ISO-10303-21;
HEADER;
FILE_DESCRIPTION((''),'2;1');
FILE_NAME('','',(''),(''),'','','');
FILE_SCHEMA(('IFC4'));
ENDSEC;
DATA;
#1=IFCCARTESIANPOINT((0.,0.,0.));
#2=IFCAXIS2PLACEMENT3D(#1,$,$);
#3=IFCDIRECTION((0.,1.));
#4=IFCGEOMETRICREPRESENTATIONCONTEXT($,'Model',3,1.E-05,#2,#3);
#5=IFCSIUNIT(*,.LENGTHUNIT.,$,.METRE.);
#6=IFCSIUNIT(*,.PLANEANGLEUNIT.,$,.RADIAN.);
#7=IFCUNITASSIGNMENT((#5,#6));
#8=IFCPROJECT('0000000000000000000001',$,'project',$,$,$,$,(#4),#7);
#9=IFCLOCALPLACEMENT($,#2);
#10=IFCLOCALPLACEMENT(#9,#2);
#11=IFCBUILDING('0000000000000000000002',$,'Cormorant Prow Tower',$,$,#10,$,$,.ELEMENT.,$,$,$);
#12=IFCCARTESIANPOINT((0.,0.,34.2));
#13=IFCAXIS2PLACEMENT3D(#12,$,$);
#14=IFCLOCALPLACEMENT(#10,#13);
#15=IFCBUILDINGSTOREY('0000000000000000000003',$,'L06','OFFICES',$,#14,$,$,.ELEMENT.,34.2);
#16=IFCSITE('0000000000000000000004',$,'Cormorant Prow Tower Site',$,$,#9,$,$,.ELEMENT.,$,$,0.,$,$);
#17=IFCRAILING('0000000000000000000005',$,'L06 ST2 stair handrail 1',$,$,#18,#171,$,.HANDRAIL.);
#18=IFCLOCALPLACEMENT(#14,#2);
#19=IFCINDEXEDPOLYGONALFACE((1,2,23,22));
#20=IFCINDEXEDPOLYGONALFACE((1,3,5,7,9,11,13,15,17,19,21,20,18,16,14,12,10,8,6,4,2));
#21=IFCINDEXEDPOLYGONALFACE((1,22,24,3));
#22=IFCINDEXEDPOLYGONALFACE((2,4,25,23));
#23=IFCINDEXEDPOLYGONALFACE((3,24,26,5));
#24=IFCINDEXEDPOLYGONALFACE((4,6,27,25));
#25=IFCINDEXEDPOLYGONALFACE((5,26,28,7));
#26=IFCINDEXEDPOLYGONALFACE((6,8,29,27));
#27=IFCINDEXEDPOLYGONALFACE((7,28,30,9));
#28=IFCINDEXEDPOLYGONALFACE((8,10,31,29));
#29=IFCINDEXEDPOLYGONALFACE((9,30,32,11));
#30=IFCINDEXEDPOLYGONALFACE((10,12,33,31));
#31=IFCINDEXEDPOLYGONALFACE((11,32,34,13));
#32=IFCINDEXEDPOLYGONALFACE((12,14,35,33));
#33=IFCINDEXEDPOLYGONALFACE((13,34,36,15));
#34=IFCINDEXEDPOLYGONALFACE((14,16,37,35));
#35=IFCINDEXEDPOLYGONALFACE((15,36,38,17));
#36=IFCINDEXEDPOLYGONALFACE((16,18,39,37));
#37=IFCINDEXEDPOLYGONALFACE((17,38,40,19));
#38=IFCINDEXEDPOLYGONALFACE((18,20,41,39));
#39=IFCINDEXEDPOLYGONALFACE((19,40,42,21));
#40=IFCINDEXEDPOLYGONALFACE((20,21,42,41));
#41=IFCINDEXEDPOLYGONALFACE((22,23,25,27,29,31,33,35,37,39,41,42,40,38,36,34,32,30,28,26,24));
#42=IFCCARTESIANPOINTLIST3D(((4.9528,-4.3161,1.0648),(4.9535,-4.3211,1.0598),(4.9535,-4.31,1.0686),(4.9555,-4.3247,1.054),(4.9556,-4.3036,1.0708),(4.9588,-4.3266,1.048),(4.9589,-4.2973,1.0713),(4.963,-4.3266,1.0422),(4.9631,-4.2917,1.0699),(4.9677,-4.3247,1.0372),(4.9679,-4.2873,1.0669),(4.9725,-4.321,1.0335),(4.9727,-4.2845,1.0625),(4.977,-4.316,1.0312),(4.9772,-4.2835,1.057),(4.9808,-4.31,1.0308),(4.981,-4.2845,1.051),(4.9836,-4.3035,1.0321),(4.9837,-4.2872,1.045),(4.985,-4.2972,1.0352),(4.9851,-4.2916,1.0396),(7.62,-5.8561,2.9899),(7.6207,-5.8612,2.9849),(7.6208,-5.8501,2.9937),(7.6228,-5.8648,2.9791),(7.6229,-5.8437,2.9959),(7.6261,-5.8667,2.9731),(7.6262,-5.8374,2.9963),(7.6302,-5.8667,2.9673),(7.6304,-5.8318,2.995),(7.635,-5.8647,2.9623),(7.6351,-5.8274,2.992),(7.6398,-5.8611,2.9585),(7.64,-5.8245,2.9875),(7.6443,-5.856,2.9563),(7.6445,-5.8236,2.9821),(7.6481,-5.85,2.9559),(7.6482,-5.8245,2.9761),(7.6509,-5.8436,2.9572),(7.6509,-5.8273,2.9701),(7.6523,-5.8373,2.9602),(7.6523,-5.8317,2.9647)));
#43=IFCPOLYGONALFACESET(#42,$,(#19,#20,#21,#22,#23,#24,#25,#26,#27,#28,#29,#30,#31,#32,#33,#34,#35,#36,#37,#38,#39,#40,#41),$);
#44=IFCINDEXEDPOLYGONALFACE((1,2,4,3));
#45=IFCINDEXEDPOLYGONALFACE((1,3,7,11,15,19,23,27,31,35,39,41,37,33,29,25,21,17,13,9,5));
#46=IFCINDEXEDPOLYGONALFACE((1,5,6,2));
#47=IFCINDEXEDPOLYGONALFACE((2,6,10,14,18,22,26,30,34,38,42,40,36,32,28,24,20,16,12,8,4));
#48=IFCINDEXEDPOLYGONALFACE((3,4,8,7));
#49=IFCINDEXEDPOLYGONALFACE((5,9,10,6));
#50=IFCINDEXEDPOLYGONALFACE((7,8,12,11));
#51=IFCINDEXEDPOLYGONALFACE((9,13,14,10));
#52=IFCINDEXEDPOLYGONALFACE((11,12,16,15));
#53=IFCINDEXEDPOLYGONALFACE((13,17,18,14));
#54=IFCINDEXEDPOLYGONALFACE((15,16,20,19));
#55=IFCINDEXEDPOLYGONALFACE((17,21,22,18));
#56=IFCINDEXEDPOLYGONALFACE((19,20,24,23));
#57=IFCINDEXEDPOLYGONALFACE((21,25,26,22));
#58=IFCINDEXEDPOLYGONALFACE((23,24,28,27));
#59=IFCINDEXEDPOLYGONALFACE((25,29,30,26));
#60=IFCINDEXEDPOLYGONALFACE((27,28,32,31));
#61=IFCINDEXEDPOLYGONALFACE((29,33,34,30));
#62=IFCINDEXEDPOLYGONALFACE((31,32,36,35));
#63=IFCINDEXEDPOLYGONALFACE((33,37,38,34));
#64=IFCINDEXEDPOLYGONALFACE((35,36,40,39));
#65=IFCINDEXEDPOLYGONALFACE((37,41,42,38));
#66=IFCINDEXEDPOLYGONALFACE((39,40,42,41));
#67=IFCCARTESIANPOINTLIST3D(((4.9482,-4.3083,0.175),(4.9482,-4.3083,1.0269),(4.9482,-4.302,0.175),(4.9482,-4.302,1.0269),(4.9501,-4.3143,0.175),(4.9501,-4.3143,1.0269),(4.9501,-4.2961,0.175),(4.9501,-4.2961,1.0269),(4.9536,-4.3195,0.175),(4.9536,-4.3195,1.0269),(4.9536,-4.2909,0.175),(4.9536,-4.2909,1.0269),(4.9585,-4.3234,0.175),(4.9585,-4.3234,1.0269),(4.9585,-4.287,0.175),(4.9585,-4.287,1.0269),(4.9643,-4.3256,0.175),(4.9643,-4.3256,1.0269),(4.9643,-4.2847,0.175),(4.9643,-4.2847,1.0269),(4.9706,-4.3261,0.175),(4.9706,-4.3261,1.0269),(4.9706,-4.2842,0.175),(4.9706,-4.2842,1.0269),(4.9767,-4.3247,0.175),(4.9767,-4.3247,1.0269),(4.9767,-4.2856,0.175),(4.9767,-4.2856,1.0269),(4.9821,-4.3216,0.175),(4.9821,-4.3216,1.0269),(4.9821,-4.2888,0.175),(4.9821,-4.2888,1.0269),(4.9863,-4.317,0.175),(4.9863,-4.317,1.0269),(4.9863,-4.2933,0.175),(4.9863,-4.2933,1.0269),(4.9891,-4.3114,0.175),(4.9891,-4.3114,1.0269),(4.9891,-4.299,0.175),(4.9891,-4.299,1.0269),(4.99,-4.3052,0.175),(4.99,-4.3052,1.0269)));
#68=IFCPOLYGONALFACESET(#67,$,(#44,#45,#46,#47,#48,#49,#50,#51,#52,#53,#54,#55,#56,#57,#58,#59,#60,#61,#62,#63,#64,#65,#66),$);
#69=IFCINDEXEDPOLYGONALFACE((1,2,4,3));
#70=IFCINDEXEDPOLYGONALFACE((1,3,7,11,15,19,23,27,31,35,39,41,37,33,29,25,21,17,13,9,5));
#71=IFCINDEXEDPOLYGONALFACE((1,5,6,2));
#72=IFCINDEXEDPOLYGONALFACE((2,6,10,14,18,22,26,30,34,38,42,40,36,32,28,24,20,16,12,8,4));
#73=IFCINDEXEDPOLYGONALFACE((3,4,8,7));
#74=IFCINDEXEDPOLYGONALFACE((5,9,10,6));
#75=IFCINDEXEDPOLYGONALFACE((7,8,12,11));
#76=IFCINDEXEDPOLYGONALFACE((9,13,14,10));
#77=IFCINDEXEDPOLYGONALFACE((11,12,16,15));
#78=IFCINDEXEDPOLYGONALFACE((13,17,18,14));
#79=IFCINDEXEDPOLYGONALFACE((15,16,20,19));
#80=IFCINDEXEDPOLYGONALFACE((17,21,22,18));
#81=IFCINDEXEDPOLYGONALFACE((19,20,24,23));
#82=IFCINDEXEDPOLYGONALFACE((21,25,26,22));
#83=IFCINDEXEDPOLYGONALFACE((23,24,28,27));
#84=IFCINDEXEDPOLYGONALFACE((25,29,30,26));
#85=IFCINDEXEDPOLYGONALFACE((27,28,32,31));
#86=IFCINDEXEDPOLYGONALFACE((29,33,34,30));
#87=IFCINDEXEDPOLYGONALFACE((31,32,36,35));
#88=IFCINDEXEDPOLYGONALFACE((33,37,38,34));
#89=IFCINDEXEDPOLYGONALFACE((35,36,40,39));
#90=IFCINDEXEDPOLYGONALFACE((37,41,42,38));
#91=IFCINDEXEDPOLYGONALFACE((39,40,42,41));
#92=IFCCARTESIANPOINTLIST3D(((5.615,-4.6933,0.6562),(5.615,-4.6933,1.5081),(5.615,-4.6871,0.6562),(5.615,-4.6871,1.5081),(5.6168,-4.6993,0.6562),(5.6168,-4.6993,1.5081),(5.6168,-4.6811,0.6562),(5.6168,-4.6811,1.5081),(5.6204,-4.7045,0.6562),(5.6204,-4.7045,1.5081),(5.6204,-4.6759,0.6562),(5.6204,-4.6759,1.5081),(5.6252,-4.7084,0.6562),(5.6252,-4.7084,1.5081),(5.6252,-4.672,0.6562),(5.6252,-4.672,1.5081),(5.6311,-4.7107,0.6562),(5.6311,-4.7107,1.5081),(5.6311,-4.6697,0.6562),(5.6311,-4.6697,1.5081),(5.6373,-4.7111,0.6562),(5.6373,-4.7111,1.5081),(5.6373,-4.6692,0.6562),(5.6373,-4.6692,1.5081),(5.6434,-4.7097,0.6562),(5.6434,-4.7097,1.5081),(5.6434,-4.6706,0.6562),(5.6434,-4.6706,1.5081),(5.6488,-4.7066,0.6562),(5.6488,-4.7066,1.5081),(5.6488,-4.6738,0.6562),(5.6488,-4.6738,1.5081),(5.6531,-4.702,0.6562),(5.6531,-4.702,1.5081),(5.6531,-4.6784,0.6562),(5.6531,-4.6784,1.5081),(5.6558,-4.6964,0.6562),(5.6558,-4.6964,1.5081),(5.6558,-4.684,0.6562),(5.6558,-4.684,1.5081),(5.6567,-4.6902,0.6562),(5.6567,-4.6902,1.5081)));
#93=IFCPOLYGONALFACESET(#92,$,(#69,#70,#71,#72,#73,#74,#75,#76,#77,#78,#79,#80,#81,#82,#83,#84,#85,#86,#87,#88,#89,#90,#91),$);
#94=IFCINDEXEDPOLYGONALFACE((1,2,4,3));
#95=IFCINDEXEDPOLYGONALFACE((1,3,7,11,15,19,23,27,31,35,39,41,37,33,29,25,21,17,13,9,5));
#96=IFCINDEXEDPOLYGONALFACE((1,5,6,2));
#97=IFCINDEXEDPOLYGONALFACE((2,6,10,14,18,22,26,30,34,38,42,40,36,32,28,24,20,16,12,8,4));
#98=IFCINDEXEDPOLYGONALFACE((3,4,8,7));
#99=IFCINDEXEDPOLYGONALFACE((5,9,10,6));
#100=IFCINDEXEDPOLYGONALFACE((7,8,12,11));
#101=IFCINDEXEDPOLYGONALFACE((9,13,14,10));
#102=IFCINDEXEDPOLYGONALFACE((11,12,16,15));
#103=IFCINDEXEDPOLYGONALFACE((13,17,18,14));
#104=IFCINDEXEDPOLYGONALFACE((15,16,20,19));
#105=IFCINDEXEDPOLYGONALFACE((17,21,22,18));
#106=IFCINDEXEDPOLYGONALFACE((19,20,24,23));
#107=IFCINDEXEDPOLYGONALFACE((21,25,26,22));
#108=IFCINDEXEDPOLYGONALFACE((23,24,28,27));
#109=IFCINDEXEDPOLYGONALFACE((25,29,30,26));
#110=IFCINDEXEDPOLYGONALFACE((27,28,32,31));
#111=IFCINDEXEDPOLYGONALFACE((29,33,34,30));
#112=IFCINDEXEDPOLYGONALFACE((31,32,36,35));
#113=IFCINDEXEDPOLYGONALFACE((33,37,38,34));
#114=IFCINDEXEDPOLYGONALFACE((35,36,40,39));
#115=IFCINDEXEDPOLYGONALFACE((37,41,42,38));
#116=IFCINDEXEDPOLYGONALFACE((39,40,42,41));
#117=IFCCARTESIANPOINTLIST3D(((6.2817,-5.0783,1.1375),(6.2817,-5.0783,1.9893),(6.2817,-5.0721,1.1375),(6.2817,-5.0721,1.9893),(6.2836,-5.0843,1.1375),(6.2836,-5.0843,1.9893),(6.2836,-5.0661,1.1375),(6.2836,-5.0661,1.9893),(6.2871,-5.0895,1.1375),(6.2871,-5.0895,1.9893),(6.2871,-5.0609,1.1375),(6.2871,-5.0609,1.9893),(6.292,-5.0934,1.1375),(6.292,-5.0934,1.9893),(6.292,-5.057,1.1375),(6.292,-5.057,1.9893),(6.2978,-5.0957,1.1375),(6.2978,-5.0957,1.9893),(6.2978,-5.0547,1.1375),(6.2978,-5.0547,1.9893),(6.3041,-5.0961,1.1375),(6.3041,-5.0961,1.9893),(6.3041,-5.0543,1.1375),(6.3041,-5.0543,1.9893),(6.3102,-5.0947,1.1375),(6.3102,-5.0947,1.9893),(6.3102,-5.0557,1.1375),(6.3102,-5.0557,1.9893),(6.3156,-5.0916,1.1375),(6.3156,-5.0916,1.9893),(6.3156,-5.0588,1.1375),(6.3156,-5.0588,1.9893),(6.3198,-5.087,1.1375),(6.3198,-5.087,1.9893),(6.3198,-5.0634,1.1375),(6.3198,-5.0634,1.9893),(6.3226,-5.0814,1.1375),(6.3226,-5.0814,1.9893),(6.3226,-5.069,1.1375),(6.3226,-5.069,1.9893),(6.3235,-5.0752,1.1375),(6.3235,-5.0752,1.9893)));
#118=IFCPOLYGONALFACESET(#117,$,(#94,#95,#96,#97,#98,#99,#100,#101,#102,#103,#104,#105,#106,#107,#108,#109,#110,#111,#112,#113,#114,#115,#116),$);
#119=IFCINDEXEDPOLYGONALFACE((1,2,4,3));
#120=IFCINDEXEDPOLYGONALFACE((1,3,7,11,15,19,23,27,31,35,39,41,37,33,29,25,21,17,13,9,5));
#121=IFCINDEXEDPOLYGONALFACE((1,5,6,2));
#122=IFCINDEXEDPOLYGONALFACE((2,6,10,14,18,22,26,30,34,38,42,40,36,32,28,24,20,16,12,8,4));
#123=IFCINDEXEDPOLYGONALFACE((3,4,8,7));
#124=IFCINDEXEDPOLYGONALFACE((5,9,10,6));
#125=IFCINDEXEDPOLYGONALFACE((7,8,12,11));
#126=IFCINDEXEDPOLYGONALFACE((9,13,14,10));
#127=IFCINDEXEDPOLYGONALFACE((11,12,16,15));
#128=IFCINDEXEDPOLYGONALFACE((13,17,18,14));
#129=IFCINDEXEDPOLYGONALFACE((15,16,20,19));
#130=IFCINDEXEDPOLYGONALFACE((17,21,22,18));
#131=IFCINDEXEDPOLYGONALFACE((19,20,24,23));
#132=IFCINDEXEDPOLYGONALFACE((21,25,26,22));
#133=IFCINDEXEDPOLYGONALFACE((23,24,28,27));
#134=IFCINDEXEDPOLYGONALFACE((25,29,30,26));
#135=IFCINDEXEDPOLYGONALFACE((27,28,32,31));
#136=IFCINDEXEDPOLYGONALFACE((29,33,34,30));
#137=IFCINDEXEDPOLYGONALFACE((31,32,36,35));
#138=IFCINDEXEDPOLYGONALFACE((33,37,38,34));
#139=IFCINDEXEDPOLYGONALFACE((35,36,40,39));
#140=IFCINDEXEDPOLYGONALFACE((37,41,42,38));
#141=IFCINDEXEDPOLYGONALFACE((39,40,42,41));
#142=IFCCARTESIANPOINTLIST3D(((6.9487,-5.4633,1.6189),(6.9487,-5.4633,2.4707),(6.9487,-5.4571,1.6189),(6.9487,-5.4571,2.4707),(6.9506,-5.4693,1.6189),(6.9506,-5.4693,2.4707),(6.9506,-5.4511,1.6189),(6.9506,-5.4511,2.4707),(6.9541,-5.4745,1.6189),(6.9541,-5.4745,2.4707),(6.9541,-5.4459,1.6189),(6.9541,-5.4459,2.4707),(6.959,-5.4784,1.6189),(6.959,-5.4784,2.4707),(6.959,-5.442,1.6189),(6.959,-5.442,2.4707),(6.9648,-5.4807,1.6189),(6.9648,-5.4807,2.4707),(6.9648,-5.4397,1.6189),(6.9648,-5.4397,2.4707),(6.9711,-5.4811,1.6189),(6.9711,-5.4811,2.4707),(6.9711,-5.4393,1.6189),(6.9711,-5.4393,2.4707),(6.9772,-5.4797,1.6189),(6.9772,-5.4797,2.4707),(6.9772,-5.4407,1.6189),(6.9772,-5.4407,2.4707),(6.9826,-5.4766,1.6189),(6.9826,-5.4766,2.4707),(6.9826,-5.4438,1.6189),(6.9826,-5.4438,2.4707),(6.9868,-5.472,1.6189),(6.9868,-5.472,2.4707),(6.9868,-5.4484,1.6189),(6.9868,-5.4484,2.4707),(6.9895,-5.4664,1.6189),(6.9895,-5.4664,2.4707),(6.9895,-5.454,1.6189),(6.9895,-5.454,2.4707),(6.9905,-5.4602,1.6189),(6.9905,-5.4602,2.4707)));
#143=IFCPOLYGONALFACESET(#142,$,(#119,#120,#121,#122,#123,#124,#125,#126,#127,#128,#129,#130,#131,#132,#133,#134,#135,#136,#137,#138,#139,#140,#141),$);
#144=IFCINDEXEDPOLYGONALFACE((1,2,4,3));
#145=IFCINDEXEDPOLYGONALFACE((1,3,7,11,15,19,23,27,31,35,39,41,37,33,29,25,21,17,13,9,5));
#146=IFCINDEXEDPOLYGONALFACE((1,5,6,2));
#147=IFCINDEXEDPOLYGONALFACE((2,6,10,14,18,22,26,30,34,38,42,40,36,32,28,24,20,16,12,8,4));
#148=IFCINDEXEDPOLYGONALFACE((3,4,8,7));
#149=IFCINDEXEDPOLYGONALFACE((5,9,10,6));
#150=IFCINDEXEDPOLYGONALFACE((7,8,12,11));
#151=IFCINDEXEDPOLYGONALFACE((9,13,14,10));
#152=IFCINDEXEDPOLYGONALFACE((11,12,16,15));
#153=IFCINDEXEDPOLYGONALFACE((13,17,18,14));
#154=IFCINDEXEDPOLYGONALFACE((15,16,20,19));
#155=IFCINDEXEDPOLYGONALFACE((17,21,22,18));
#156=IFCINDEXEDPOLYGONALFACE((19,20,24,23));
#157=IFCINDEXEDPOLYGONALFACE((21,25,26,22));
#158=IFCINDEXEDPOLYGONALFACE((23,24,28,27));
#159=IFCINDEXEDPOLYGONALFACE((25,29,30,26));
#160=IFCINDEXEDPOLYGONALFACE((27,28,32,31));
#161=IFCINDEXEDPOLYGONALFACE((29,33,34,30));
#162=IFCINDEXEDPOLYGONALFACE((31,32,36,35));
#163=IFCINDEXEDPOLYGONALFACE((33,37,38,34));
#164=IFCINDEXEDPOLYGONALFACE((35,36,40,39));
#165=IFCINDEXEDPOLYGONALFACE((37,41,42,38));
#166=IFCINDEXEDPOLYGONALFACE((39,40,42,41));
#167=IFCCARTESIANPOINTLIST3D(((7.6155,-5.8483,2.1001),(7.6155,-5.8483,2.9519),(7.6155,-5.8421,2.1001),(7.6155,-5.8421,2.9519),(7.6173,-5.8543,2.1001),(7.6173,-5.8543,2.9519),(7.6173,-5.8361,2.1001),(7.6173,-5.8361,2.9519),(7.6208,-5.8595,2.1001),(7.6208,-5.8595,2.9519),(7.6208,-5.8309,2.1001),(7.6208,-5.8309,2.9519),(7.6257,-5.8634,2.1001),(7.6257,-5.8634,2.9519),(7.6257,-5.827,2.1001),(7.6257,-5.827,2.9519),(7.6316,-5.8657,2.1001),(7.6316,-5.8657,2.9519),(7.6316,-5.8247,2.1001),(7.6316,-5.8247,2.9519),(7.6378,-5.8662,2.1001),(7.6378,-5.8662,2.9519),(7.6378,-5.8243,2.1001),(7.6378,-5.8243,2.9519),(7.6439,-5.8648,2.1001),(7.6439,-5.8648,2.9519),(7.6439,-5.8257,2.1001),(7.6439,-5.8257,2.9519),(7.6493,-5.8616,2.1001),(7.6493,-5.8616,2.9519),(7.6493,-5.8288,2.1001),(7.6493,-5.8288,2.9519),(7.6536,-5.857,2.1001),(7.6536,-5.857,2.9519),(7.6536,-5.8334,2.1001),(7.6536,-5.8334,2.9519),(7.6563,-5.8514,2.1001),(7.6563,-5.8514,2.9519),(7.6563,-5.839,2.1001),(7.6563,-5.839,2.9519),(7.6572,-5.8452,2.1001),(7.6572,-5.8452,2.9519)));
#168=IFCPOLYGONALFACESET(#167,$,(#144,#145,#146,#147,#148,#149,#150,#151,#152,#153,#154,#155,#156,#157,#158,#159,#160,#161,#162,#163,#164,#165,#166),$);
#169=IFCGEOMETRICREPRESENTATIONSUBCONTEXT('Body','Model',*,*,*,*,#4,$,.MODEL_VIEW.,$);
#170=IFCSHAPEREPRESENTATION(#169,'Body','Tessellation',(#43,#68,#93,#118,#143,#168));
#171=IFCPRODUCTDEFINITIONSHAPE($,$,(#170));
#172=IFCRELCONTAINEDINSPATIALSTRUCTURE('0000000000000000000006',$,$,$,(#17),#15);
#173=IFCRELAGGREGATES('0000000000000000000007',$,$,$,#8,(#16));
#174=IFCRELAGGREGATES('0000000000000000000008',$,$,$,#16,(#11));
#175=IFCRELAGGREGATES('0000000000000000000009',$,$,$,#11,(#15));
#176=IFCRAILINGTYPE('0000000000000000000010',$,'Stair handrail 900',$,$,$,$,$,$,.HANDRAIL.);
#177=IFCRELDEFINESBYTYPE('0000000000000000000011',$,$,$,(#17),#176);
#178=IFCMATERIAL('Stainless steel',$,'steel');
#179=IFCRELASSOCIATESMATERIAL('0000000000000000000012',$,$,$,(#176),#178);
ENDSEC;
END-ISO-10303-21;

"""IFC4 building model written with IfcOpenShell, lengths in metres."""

from ifc_helpers import new_model, si_unit, direction, frame, origin, origin_2d, place, context, subcontext, project, spatial, circle, extrude, material, type_object, element, save


model = new_model("IFC4")

# Units and contexts
model_context = context("Model", 3, precision=1e-05, world=origin(), true_north=direction((0.0, 1.0)))
body_context = subcontext(model_context, "Body", "Model", "MODEL_VIEW")
ifc_project = project(units=[si_unit("LENGTHUNIT", "METRE"), si_unit("PLANEANGLEUNIT", "RADIAN")], contexts=[model_context])

# Site, building, storey
site_placement = place(None, origin())
site = spatial("IfcSite", under=ifc_project, at=site_placement, Name="Cormorant Prow Tower Site", CompositionType="ELEMENT", RefElevation=0.0)
building_placement = place(site_placement, origin())
building = spatial("IfcBuilding", under=site, at=building_placement, Name="Cormorant Prow Tower", CompositionType="ELEMENT")
storey_placement = place(building_placement, frame((0.0, 0.0, 34.2)))
storey = spatial("IfcBuildingStorey", under=building, at=storey_placement, Name="L06", Description="OFFICES", CompositionType="ELEMENT", Elevation=34.2)

# Railing
ifc_material_1 = material(Name="Stainless steel", Category="steel")
railing_type_1 = type_object("IfcRailingType", Name="Stair handrail 900", PredefinedType="HANDRAIL", material=ifc_material_1)
railing_1_placement = place(storey_placement, frame((4.969, -4.3052, 0.175)))
element("IfcRailing", 1, at=railing_1_placement, inside=storey, type_object=railing_type_1, Name="L06 ST2 stair handrail 1", PredefinedType="HANDRAIL", context=body_context, shape_type="SweptSolid", body=[
    extrude(circle(Radius=0.0239, at=origin_2d()), frame((0.0, 0.0, 0.876), z_axis=(0.734364, -0.424015, 0.530019), x_axis=(0.500027, 0.86601, 0.0)), (0.0, 0.0, 1.0), 3.6321),
    extrude(circle(Radius=0.021, at=origin_2d()), origin(), (0.0, 0.0, 1.0), 0.8518),
    extrude(circle(Radius=0.021, at=origin_2d()), frame((0.6667, -0.385, 0.4812)), (0.0, 0.0, 1.0), 0.8518),
    extrude(circle(Radius=0.021, at=origin_2d()), frame((1.3335, -0.77, 0.9624)), (0.0, 0.0, 1.0), 0.8518),
    extrude(circle(Radius=0.021, at=origin_2d()), frame((2.0005, -1.155, 1.4438)), (0.0, 0.0, 1.0), 0.8518),
    extrude(circle(Radius=0.021, at=origin_2d()), frame((2.6672, -1.54, 1.925)), (0.0, 0.0, 1.0), 0.8518),
])

save(model, "model.ifc")
